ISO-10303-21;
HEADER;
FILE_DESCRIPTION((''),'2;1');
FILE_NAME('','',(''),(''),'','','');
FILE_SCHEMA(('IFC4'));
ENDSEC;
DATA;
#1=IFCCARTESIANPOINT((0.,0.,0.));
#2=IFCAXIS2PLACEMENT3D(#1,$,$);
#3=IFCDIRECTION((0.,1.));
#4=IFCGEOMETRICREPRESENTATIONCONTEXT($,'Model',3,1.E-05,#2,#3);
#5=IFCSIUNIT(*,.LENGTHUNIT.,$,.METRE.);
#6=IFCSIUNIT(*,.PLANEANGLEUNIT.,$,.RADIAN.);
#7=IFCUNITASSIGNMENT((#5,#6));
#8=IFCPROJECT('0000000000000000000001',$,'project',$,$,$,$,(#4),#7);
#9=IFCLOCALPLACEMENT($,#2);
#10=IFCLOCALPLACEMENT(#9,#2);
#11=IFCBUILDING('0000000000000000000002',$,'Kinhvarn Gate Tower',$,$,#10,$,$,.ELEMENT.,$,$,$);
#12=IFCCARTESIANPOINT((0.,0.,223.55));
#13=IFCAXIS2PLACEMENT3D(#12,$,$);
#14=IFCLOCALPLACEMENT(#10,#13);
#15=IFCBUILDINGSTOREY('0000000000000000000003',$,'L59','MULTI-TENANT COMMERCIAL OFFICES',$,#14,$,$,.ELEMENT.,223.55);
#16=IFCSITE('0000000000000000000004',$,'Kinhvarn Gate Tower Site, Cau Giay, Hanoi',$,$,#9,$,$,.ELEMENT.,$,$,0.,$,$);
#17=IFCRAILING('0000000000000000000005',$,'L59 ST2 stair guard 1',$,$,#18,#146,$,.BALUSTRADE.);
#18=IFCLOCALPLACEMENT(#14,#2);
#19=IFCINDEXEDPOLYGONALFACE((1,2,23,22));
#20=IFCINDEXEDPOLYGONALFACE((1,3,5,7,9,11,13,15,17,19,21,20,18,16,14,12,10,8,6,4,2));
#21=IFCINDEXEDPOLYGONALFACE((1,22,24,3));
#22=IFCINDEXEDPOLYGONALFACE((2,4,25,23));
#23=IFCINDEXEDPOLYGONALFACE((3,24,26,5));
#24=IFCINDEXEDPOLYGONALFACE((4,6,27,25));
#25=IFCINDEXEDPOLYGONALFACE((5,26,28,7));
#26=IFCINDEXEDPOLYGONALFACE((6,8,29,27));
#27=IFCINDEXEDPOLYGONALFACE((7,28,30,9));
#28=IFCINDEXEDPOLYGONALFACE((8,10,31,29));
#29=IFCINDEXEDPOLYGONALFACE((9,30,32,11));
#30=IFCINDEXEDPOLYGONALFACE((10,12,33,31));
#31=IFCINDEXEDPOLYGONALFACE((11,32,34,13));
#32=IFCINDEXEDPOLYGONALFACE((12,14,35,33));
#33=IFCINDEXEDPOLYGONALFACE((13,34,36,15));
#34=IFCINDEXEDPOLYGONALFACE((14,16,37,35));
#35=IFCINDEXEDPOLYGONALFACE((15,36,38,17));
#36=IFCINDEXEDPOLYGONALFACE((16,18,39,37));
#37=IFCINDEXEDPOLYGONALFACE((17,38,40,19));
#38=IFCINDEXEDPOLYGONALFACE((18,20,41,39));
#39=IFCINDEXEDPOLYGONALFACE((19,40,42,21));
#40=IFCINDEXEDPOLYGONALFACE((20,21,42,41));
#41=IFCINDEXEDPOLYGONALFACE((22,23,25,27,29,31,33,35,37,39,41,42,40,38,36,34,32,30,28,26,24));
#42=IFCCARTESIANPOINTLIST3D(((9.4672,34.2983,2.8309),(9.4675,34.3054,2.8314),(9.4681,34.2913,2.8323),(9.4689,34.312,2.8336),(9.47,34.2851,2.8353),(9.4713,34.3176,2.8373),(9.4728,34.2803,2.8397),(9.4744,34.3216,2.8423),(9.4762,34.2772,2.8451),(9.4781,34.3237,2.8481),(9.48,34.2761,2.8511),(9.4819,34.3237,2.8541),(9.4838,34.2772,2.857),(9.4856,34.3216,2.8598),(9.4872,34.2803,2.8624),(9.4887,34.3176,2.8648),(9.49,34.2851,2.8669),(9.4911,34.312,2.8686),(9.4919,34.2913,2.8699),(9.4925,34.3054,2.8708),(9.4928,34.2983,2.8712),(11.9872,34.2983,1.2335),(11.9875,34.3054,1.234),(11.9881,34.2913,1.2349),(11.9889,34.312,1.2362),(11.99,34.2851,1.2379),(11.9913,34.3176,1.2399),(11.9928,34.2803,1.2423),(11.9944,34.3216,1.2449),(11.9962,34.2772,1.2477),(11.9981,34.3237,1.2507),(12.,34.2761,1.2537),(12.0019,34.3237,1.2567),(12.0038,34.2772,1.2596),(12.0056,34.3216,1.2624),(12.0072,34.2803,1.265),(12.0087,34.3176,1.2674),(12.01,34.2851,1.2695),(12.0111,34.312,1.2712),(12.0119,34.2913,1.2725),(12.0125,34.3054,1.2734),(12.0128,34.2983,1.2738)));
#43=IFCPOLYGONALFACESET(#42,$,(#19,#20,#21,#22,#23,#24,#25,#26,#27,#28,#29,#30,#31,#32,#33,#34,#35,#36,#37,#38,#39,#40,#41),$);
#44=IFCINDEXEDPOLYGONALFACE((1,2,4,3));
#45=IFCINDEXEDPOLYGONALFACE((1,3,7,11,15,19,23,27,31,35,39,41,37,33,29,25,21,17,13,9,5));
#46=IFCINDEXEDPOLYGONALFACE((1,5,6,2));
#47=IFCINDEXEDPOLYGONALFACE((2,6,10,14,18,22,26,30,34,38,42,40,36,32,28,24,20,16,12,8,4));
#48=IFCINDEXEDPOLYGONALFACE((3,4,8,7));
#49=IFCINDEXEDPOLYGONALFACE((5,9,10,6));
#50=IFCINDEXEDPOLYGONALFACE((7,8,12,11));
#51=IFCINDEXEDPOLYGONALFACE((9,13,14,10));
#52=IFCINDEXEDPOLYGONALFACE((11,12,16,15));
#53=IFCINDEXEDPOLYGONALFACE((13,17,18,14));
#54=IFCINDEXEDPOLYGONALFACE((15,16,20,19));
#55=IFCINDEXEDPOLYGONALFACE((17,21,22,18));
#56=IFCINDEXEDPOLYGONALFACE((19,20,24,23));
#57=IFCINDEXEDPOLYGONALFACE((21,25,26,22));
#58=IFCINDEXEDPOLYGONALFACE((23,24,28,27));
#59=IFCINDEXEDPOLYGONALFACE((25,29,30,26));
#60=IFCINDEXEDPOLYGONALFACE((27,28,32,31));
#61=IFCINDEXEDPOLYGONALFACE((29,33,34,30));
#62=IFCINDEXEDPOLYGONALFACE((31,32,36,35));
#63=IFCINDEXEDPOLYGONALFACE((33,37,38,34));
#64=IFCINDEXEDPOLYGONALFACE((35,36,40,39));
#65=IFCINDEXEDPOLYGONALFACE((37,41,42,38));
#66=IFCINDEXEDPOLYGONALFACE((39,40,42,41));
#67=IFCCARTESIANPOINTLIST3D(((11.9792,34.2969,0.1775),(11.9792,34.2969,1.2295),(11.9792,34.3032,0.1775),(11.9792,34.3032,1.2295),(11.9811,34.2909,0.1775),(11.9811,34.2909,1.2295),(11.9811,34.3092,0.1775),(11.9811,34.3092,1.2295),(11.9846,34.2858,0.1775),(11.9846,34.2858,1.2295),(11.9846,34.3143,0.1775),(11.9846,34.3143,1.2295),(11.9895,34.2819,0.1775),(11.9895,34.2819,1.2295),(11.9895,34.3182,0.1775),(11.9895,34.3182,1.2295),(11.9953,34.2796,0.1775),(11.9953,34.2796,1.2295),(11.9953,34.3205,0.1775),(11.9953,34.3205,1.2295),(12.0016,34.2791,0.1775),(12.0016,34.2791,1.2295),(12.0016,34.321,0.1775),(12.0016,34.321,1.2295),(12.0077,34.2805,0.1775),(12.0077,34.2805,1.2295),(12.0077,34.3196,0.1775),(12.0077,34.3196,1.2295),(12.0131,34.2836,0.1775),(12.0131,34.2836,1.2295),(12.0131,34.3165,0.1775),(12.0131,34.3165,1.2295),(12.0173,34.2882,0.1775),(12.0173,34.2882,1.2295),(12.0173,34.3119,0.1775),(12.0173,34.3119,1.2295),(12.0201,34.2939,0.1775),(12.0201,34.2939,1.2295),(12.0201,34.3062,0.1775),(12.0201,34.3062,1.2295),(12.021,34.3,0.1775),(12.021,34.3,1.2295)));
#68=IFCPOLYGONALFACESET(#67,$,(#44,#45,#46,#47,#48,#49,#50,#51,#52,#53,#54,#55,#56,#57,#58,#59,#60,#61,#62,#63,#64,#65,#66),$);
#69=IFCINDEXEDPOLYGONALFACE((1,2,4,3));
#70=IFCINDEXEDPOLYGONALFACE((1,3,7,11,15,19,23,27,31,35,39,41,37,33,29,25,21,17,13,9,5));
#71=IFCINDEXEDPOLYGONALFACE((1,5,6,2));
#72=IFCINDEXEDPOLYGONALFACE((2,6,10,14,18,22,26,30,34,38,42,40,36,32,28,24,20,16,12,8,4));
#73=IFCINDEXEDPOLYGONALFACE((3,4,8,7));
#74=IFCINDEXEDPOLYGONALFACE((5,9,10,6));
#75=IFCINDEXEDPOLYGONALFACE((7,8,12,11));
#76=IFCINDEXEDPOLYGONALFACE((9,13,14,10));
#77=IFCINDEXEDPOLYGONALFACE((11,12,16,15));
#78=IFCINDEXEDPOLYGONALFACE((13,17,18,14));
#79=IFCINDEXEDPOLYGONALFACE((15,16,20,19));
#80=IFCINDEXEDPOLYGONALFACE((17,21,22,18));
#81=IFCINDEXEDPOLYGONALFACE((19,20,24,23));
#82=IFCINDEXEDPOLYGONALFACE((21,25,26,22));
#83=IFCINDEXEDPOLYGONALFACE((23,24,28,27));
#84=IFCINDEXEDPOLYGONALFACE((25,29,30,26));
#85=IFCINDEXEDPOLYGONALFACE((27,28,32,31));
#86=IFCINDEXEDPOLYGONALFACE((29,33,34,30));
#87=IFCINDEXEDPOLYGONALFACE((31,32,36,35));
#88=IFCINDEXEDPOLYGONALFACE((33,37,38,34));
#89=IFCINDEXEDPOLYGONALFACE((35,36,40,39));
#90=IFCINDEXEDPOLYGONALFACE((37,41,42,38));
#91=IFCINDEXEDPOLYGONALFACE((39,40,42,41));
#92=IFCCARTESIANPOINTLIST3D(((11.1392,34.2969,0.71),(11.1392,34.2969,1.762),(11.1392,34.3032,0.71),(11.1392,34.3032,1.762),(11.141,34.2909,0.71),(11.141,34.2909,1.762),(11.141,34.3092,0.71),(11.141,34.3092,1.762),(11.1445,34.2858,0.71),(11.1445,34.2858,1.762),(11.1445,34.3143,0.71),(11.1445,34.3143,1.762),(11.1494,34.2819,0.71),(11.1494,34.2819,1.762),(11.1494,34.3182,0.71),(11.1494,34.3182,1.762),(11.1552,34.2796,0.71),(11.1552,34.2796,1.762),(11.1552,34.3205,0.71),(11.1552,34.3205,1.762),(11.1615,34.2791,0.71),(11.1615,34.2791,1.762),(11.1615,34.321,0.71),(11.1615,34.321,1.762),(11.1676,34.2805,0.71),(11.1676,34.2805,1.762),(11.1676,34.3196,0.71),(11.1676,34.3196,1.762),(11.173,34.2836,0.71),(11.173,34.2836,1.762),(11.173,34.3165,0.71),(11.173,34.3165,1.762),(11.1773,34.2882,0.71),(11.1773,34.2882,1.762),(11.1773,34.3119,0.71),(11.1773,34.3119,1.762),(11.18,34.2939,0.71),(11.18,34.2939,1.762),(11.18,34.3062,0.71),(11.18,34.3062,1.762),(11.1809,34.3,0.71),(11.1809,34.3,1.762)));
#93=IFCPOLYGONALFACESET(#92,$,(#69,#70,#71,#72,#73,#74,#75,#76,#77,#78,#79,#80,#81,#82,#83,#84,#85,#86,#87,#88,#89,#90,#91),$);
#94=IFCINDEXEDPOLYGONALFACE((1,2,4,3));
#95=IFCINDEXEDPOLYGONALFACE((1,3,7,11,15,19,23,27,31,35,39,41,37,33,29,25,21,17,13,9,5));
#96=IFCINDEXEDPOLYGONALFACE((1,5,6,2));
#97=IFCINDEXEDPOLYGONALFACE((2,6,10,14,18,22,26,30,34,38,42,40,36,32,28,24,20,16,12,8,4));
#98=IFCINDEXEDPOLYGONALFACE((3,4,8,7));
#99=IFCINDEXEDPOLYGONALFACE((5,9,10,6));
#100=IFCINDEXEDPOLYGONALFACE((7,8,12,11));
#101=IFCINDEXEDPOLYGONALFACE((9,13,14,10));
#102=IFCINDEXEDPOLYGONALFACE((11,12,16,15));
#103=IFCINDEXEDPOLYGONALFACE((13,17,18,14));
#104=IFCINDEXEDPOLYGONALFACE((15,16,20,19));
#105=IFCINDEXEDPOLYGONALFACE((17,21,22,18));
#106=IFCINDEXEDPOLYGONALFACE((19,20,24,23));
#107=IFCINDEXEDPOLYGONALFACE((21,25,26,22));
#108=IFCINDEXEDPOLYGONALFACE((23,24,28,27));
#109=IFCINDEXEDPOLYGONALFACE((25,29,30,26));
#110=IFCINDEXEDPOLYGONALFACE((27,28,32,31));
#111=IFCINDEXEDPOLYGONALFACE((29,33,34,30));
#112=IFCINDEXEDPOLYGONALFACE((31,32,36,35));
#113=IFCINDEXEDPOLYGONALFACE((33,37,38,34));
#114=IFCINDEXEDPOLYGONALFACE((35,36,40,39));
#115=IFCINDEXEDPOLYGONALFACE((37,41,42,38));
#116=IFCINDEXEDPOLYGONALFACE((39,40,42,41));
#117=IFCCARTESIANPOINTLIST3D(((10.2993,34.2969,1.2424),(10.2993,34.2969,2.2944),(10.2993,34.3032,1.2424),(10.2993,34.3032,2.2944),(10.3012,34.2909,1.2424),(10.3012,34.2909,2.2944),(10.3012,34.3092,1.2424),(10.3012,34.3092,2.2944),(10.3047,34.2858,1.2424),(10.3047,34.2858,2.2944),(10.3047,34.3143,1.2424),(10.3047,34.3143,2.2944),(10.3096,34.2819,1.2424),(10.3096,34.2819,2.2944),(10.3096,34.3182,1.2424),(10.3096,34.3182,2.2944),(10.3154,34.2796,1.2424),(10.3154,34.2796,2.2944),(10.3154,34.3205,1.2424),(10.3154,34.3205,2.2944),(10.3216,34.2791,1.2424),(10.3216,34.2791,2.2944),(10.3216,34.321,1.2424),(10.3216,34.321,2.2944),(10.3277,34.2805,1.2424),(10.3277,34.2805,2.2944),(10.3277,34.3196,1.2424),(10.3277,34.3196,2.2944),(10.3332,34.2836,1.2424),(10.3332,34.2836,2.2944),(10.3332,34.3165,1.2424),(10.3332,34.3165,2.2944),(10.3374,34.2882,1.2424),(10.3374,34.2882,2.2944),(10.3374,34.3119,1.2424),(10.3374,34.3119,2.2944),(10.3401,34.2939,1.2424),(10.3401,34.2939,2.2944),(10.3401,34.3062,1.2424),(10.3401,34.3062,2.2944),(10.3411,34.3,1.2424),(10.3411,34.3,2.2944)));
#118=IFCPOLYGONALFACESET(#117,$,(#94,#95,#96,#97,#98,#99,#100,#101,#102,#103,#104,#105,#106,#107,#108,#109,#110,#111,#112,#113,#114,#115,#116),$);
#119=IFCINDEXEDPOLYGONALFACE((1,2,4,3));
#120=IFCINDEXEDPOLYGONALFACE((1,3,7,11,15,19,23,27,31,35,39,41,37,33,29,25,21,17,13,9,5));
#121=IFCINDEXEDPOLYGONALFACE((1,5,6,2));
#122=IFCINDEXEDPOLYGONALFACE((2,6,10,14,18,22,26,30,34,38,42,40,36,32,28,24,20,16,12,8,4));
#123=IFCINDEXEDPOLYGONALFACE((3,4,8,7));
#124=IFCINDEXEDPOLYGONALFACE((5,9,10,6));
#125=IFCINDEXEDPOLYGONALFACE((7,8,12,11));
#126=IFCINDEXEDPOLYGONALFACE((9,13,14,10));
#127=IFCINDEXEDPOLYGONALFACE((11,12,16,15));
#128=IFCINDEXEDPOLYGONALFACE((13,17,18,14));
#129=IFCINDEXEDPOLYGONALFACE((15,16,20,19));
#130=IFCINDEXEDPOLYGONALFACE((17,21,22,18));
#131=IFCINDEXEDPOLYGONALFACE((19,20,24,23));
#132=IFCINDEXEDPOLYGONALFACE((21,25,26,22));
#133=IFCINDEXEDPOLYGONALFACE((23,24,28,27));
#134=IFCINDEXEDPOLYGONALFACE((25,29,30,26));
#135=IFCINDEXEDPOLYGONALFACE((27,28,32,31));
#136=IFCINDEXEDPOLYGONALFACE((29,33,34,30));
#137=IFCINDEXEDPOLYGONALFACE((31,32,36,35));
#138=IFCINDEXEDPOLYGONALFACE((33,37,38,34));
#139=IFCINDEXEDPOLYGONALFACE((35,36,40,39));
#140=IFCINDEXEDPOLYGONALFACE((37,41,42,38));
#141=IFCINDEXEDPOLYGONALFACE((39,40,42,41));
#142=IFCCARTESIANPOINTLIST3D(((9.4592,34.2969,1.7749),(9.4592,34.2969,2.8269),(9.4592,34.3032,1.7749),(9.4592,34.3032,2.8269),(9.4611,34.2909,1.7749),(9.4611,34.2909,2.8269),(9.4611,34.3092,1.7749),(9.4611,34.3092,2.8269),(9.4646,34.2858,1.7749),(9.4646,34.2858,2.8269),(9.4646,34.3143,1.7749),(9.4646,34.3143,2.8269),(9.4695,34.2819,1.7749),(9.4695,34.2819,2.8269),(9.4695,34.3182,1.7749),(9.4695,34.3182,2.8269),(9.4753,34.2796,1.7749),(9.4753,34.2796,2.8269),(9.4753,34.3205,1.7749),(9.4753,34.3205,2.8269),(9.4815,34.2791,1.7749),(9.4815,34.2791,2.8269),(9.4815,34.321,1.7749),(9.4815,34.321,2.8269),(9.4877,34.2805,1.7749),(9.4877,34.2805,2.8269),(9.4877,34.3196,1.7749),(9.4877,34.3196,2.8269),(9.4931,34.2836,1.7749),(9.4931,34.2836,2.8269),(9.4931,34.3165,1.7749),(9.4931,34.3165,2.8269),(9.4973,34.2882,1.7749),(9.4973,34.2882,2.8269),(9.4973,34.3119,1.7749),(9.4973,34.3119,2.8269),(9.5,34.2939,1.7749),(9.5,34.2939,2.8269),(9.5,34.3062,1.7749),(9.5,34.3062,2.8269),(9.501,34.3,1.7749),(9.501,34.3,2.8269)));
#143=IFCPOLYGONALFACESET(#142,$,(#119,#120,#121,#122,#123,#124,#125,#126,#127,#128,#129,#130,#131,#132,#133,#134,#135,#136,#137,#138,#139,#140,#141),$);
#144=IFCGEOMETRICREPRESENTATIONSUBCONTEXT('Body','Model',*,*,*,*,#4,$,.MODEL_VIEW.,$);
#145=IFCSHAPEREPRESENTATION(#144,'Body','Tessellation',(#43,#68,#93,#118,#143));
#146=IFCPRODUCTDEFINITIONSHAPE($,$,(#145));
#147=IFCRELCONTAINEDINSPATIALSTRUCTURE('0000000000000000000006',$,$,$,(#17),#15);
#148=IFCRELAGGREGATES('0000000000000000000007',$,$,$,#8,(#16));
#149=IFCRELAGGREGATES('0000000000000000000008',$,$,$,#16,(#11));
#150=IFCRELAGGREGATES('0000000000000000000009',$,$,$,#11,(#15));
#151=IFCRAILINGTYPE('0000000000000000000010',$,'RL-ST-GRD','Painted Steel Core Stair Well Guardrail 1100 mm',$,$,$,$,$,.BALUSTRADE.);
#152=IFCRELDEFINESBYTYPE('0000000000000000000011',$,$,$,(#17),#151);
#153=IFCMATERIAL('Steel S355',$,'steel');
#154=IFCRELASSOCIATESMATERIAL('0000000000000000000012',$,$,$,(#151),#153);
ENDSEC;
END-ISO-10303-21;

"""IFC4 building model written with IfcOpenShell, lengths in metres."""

from ifc_helpers import new_model, si_unit, direction, frame, origin, origin_2d, place, context, subcontext, project, spatial, circle, extrude, material, type_object, element, save


model = new_model("IFC4")

# Units and contexts
model_context = context("Model", 3, precision=1e-05, world=origin(), true_north=direction((0.0, 1.0)))
body_context = subcontext(model_context, "Body", "Model", "MODEL_VIEW")
ifc_project = project(units=[si_unit("LENGTHUNIT", "METRE"), si_unit("PLANEANGLEUNIT", "RADIAN")], contexts=[model_context])

# Site, building, storey
site_placement = place(None, origin())
site = spatial("IfcSite", under=ifc_project, at=site_placement, Name="Kinhvarn Gate Tower Site, Cau Giay, Hanoi", CompositionType="ELEMENT", RefElevation=0.0)
building_placement = place(site_placement, origin())
building = spatial("IfcBuilding", under=site, at=building_placement, Name="Kinhvarn Gate Tower", CompositionType="ELEMENT")
storey_placement = place(building_placement, frame((0.0, 0.0, 223.55)))
storey = spatial("IfcBuildingStorey", under=building, at=storey_placement, Name="L59", Description="MULTI-TENANT COMMERCIAL OFFICES", CompositionType="ELEMENT", Elevation=223.55)

# Shared definitions
ifc_material_1 = material(Name="Steel S355", Category="steel")

# Railing
railing_type_1 = type_object("IfcRailingType", Name="RL-ST-GRD", Description="Painted Steel Core Stair Well Guardrail 1100 mm", PredefinedType="BALUSTRADE", material=ifc_material_1)
railing_1_placement = place(storey_placement, frame((12.0, 34.3, 0.1775)))
element("IfcRailing", 1, at=railing_1_placement, inside=storey, type_object=railing_type_1, Name="L59 ST2 stair guard 1", PredefinedType="BALUSTRADE", context=body_context, shape_type="SweptSolid", body=[
    extrude(circle(Radius=0.0239, at=origin_2d()), frame((0.0, 0.0, 1.0762), z_axis=(-0.844607, 0.0, 0.535387), x_axis=(0.0, -1.0, 0.0)), (0.0, 0.0, 1.0), 2.9836),
    extrude(circle(Radius=0.021, at=origin_2d()), origin(), (0.0, 0.0, 1.0), 1.052),
    extrude(circle(Radius=0.021, at=origin_2d()), frame((-0.8401, 0.0, 0.5325)), (0.0, 0.0, 1.0), 1.052),
    extrude(circle(Radius=0.021, at=origin_2d()), frame((-1.6799, 0.0, 1.0649)), (0.0, 0.0, 1.0), 1.052),
    extrude(circle(Radius=0.021, at=origin_2d()), frame((-2.52, 0.0, 1.5974)), (0.0, 0.0, 1.0), 1.052),
])

save(model, "model.ifc")
